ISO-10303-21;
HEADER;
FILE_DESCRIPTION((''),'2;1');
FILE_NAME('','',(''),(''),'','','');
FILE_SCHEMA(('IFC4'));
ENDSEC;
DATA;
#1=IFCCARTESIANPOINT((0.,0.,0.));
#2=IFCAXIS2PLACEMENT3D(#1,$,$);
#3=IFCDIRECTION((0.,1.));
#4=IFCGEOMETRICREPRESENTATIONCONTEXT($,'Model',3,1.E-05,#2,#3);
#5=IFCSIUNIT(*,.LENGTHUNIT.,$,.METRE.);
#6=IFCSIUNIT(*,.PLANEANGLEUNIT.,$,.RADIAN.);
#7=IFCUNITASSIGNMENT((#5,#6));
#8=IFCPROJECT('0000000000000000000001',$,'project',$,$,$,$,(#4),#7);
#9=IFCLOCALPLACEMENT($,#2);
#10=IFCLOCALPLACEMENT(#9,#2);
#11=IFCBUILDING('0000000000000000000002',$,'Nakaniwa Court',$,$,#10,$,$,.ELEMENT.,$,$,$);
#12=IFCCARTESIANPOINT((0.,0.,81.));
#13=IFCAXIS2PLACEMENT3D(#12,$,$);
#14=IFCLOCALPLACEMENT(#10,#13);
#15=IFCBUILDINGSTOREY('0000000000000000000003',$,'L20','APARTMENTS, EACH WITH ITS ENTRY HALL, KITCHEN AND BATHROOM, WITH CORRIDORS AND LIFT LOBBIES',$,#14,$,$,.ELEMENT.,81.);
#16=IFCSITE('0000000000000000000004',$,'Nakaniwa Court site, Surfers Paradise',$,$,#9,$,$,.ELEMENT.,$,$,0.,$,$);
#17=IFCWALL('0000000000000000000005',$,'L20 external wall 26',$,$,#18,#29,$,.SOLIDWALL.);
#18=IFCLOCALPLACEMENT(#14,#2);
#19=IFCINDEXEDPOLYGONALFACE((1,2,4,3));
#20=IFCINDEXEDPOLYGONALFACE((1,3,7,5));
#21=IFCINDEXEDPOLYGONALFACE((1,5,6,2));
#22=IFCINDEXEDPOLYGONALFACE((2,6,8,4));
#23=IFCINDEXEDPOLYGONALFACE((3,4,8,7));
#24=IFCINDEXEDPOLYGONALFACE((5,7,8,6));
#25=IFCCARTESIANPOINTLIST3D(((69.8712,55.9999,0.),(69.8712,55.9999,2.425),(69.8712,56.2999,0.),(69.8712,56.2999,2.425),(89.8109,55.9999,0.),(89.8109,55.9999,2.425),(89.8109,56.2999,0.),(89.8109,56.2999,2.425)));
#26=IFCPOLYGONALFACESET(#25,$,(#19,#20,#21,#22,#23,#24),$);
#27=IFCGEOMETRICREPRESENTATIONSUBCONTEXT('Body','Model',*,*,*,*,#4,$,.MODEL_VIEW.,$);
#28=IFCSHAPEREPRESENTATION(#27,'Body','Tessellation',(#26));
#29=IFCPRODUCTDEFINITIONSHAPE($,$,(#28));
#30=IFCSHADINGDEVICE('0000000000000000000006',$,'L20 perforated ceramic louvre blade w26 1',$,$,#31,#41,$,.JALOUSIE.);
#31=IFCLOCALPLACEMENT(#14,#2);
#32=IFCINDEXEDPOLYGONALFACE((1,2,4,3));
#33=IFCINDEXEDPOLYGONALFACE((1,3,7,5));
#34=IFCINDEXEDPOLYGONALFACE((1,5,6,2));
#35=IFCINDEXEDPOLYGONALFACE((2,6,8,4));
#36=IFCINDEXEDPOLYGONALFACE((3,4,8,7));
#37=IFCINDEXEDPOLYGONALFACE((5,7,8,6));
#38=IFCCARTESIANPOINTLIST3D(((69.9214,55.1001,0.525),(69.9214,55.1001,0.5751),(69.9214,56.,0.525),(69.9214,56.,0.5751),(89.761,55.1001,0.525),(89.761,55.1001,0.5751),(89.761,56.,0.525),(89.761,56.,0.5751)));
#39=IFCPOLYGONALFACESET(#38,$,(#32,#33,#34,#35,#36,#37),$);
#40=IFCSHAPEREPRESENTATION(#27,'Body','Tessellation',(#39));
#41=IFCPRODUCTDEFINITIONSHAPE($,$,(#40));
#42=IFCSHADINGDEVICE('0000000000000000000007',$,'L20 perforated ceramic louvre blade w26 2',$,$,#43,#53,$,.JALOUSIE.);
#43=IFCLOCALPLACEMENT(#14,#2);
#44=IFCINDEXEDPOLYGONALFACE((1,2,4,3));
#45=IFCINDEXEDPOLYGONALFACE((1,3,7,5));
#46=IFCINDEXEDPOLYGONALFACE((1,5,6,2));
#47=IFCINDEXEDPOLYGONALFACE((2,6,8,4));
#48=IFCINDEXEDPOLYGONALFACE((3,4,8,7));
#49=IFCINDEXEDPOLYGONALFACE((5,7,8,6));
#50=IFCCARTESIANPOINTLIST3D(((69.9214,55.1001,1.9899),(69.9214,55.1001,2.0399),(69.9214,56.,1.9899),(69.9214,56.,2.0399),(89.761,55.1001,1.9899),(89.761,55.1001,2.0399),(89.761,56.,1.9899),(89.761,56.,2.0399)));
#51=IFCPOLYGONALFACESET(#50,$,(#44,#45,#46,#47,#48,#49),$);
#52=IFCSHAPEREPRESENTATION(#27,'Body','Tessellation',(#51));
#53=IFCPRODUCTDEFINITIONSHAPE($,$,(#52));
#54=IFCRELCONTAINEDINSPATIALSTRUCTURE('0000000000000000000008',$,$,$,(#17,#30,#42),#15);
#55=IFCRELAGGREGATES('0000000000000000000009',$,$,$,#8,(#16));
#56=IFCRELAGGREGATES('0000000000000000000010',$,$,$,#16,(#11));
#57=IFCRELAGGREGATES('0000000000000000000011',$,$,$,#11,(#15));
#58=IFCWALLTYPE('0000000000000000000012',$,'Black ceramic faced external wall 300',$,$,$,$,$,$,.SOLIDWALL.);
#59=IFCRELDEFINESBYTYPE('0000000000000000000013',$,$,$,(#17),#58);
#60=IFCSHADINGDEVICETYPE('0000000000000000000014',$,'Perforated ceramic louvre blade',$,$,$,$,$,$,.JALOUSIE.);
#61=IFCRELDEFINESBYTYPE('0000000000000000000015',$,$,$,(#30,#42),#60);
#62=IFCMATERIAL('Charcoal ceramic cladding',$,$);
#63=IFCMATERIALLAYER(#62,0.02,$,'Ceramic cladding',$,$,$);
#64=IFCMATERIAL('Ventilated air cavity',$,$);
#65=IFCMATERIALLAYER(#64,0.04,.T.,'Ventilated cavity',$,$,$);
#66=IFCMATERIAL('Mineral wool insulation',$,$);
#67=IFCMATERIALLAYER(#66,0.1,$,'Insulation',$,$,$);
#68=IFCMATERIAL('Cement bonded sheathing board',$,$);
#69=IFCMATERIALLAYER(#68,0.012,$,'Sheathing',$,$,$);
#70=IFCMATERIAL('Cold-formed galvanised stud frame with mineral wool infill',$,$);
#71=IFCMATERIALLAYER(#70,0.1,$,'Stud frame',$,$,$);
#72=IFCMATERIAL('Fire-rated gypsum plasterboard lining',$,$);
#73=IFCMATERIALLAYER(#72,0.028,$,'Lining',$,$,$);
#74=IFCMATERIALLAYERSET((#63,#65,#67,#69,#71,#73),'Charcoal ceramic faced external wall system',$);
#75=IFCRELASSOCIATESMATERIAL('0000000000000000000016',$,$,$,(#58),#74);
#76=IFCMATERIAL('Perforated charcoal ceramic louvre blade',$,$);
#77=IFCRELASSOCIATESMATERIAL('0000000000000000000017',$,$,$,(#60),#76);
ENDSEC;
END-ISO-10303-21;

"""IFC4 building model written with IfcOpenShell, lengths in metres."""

from ifc_helpers import new_model, si_unit, direction, frame, frame_2d, origin, origin_2d, place, context, subcontext, project, spatial, rectangle, extrude, material, layer, layer_set, material_profile, profile_set, type_object, element, save


model = new_model("IFC4")

# Units and contexts
model_context = context("Model", 3, precision=1e-05, world=origin(), true_north=direction((0.0, 1.0)))
body_context = subcontext(model_context, "Body", "Model", "MODEL_VIEW")
ifc_project = project(units=[si_unit("LENGTHUNIT", "METRE"), si_unit("PLANEANGLEUNIT", "RADIAN")], contexts=[model_context])

# Site, building, storey
site_placement = place(None, origin())
site = spatial("IfcSite", under=ifc_project, at=site_placement, Name="Nakaniwa Court site, Surfers Paradise", CompositionType="ELEMENT", RefElevation=0.0)
building_placement = place(site_placement, origin())
building = spatial("IfcBuilding", under=site, at=building_placement, Name="Nakaniwa Court", CompositionType="ELEMENT")
storey_placement = place(building_placement, frame((0.0, 0.0, 81.0)))
storey = spatial("IfcBuildingStorey", under=building, at=storey_placement, Name="L20", Description="APARTMENTS, EACH WITH ITS ENTRY HALL, KITCHEN AND BATHROOM, WITH CORRIDORS AND LIFT LOBBIES", CompositionType="ELEMENT", Elevation=81.0)

# Shared definitions
ifc_material_1 = material(Name="Charcoal ceramic cladding")
ifc_layer_1 = layer(ifc_material_1, 0.02, Name="Ceramic cladding")
ifc_material_2 = material(Name="Ventilated air cavity")
ifc_layer_2 = layer(ifc_material_2, 0.04, ventilated=True, Name="Ventilated cavity")
ifc_material_3 = material(Name="Mineral wool insulation")
ifc_layer_3 = layer(ifc_material_3, 0.1, Name="Insulation")
ifc_material_4 = material(Name="Cement bonded sheathing board")
ifc_layer_4 = layer(ifc_material_4, 0.012, Name="Sheathing")
ifc_material_5 = material(Name="Cold-formed galvanised stud frame with mineral wool infill")
ifc_layer_5 = layer(ifc_material_5, 0.1, Name="Stud frame")
ifc_material_6 = material(Name="Fire-rated gypsum plasterboard lining")
ifc_layer_6 = layer(ifc_material_6, 0.028, Name="Lining")
ifc_layer_set_1 = layer_set([ifc_layer_1, ifc_layer_2, ifc_layer_3, ifc_layer_4, ifc_layer_5, ifc_layer_6], Name="Charcoal ceramic faced external wall system")
wall_type_1 = type_object("IfcWallType", Name="Black ceramic faced external wall 300", PredefinedType="SOLIDWALL", material=ifc_layer_set_1)

# Wall
wall_1_placement = place(storey_placement, frame((69.8713, 56.1499, 0.0), z_axis=(0.0, 0.0, 1.0), x_axis=(1.0, 0.0, 0.0)))
element("IfcWall", 1, at=wall_1_placement, inside=storey, type_object=wall_type_1, Name="L20 external wall 26", PredefinedType="SOLIDWALL", context=body_context, shape_type="SweptSolid", body=[
    extrude(rectangle(XDim=19.9397, YDim=0.3, at=frame_2d((9.9697, 0.0))), origin(), (0.0, 0.0, 1.0), 2.425),
])

# Shading devices
ifc_material_7 = material(Name="Perforated charcoal ceramic louvre blade")
ifc_material_profile_1 = material_profile(ifc_material_7, rectangle(XDim=0.8999, YDim=0.05, at=origin_2d()), Name="Perforated ceramic louvre blade")
ifc_profile_set_1 = profile_set([ifc_material_profile_1], Name="Perforated charcoal ceramic louvre blade")
shading_device_type = type_object("IfcShadingDeviceType", Name="Perforated ceramic louvre blade", PredefinedType="JALOUSIE", material=ifc_profile_set_1)
for number, where, z_axis, x_axis, name in (
    (2, (69.9214, 55.55, 0.55), (1.0, 0.0, 0.0), (0.0, 1.0, 0.0), "L20 perforated ceramic louvre blade w26 1"),
    (3, (69.9214, 55.55, 2.0149), (1.0, 0.0, 0.0), (0.0, 1.0, 0.0), "L20 perforated ceramic louvre blade w26 2"),
):
    element("IfcShadingDevice", number, at=place(storey_placement, frame(where, z_axis=z_axis, x_axis=x_axis)), inside=storey, type_object=shading_device_type, Name=name, PredefinedType="JALOUSIE", context=body_context, shape_type="SweptSolid", body=[
        extrude(rectangle(XDim=0.8999, YDim=0.05, at=origin_2d()), origin(), (0.0, 0.0, 1.0), 19.8396),
    ])

save(model, "model.ifc")
